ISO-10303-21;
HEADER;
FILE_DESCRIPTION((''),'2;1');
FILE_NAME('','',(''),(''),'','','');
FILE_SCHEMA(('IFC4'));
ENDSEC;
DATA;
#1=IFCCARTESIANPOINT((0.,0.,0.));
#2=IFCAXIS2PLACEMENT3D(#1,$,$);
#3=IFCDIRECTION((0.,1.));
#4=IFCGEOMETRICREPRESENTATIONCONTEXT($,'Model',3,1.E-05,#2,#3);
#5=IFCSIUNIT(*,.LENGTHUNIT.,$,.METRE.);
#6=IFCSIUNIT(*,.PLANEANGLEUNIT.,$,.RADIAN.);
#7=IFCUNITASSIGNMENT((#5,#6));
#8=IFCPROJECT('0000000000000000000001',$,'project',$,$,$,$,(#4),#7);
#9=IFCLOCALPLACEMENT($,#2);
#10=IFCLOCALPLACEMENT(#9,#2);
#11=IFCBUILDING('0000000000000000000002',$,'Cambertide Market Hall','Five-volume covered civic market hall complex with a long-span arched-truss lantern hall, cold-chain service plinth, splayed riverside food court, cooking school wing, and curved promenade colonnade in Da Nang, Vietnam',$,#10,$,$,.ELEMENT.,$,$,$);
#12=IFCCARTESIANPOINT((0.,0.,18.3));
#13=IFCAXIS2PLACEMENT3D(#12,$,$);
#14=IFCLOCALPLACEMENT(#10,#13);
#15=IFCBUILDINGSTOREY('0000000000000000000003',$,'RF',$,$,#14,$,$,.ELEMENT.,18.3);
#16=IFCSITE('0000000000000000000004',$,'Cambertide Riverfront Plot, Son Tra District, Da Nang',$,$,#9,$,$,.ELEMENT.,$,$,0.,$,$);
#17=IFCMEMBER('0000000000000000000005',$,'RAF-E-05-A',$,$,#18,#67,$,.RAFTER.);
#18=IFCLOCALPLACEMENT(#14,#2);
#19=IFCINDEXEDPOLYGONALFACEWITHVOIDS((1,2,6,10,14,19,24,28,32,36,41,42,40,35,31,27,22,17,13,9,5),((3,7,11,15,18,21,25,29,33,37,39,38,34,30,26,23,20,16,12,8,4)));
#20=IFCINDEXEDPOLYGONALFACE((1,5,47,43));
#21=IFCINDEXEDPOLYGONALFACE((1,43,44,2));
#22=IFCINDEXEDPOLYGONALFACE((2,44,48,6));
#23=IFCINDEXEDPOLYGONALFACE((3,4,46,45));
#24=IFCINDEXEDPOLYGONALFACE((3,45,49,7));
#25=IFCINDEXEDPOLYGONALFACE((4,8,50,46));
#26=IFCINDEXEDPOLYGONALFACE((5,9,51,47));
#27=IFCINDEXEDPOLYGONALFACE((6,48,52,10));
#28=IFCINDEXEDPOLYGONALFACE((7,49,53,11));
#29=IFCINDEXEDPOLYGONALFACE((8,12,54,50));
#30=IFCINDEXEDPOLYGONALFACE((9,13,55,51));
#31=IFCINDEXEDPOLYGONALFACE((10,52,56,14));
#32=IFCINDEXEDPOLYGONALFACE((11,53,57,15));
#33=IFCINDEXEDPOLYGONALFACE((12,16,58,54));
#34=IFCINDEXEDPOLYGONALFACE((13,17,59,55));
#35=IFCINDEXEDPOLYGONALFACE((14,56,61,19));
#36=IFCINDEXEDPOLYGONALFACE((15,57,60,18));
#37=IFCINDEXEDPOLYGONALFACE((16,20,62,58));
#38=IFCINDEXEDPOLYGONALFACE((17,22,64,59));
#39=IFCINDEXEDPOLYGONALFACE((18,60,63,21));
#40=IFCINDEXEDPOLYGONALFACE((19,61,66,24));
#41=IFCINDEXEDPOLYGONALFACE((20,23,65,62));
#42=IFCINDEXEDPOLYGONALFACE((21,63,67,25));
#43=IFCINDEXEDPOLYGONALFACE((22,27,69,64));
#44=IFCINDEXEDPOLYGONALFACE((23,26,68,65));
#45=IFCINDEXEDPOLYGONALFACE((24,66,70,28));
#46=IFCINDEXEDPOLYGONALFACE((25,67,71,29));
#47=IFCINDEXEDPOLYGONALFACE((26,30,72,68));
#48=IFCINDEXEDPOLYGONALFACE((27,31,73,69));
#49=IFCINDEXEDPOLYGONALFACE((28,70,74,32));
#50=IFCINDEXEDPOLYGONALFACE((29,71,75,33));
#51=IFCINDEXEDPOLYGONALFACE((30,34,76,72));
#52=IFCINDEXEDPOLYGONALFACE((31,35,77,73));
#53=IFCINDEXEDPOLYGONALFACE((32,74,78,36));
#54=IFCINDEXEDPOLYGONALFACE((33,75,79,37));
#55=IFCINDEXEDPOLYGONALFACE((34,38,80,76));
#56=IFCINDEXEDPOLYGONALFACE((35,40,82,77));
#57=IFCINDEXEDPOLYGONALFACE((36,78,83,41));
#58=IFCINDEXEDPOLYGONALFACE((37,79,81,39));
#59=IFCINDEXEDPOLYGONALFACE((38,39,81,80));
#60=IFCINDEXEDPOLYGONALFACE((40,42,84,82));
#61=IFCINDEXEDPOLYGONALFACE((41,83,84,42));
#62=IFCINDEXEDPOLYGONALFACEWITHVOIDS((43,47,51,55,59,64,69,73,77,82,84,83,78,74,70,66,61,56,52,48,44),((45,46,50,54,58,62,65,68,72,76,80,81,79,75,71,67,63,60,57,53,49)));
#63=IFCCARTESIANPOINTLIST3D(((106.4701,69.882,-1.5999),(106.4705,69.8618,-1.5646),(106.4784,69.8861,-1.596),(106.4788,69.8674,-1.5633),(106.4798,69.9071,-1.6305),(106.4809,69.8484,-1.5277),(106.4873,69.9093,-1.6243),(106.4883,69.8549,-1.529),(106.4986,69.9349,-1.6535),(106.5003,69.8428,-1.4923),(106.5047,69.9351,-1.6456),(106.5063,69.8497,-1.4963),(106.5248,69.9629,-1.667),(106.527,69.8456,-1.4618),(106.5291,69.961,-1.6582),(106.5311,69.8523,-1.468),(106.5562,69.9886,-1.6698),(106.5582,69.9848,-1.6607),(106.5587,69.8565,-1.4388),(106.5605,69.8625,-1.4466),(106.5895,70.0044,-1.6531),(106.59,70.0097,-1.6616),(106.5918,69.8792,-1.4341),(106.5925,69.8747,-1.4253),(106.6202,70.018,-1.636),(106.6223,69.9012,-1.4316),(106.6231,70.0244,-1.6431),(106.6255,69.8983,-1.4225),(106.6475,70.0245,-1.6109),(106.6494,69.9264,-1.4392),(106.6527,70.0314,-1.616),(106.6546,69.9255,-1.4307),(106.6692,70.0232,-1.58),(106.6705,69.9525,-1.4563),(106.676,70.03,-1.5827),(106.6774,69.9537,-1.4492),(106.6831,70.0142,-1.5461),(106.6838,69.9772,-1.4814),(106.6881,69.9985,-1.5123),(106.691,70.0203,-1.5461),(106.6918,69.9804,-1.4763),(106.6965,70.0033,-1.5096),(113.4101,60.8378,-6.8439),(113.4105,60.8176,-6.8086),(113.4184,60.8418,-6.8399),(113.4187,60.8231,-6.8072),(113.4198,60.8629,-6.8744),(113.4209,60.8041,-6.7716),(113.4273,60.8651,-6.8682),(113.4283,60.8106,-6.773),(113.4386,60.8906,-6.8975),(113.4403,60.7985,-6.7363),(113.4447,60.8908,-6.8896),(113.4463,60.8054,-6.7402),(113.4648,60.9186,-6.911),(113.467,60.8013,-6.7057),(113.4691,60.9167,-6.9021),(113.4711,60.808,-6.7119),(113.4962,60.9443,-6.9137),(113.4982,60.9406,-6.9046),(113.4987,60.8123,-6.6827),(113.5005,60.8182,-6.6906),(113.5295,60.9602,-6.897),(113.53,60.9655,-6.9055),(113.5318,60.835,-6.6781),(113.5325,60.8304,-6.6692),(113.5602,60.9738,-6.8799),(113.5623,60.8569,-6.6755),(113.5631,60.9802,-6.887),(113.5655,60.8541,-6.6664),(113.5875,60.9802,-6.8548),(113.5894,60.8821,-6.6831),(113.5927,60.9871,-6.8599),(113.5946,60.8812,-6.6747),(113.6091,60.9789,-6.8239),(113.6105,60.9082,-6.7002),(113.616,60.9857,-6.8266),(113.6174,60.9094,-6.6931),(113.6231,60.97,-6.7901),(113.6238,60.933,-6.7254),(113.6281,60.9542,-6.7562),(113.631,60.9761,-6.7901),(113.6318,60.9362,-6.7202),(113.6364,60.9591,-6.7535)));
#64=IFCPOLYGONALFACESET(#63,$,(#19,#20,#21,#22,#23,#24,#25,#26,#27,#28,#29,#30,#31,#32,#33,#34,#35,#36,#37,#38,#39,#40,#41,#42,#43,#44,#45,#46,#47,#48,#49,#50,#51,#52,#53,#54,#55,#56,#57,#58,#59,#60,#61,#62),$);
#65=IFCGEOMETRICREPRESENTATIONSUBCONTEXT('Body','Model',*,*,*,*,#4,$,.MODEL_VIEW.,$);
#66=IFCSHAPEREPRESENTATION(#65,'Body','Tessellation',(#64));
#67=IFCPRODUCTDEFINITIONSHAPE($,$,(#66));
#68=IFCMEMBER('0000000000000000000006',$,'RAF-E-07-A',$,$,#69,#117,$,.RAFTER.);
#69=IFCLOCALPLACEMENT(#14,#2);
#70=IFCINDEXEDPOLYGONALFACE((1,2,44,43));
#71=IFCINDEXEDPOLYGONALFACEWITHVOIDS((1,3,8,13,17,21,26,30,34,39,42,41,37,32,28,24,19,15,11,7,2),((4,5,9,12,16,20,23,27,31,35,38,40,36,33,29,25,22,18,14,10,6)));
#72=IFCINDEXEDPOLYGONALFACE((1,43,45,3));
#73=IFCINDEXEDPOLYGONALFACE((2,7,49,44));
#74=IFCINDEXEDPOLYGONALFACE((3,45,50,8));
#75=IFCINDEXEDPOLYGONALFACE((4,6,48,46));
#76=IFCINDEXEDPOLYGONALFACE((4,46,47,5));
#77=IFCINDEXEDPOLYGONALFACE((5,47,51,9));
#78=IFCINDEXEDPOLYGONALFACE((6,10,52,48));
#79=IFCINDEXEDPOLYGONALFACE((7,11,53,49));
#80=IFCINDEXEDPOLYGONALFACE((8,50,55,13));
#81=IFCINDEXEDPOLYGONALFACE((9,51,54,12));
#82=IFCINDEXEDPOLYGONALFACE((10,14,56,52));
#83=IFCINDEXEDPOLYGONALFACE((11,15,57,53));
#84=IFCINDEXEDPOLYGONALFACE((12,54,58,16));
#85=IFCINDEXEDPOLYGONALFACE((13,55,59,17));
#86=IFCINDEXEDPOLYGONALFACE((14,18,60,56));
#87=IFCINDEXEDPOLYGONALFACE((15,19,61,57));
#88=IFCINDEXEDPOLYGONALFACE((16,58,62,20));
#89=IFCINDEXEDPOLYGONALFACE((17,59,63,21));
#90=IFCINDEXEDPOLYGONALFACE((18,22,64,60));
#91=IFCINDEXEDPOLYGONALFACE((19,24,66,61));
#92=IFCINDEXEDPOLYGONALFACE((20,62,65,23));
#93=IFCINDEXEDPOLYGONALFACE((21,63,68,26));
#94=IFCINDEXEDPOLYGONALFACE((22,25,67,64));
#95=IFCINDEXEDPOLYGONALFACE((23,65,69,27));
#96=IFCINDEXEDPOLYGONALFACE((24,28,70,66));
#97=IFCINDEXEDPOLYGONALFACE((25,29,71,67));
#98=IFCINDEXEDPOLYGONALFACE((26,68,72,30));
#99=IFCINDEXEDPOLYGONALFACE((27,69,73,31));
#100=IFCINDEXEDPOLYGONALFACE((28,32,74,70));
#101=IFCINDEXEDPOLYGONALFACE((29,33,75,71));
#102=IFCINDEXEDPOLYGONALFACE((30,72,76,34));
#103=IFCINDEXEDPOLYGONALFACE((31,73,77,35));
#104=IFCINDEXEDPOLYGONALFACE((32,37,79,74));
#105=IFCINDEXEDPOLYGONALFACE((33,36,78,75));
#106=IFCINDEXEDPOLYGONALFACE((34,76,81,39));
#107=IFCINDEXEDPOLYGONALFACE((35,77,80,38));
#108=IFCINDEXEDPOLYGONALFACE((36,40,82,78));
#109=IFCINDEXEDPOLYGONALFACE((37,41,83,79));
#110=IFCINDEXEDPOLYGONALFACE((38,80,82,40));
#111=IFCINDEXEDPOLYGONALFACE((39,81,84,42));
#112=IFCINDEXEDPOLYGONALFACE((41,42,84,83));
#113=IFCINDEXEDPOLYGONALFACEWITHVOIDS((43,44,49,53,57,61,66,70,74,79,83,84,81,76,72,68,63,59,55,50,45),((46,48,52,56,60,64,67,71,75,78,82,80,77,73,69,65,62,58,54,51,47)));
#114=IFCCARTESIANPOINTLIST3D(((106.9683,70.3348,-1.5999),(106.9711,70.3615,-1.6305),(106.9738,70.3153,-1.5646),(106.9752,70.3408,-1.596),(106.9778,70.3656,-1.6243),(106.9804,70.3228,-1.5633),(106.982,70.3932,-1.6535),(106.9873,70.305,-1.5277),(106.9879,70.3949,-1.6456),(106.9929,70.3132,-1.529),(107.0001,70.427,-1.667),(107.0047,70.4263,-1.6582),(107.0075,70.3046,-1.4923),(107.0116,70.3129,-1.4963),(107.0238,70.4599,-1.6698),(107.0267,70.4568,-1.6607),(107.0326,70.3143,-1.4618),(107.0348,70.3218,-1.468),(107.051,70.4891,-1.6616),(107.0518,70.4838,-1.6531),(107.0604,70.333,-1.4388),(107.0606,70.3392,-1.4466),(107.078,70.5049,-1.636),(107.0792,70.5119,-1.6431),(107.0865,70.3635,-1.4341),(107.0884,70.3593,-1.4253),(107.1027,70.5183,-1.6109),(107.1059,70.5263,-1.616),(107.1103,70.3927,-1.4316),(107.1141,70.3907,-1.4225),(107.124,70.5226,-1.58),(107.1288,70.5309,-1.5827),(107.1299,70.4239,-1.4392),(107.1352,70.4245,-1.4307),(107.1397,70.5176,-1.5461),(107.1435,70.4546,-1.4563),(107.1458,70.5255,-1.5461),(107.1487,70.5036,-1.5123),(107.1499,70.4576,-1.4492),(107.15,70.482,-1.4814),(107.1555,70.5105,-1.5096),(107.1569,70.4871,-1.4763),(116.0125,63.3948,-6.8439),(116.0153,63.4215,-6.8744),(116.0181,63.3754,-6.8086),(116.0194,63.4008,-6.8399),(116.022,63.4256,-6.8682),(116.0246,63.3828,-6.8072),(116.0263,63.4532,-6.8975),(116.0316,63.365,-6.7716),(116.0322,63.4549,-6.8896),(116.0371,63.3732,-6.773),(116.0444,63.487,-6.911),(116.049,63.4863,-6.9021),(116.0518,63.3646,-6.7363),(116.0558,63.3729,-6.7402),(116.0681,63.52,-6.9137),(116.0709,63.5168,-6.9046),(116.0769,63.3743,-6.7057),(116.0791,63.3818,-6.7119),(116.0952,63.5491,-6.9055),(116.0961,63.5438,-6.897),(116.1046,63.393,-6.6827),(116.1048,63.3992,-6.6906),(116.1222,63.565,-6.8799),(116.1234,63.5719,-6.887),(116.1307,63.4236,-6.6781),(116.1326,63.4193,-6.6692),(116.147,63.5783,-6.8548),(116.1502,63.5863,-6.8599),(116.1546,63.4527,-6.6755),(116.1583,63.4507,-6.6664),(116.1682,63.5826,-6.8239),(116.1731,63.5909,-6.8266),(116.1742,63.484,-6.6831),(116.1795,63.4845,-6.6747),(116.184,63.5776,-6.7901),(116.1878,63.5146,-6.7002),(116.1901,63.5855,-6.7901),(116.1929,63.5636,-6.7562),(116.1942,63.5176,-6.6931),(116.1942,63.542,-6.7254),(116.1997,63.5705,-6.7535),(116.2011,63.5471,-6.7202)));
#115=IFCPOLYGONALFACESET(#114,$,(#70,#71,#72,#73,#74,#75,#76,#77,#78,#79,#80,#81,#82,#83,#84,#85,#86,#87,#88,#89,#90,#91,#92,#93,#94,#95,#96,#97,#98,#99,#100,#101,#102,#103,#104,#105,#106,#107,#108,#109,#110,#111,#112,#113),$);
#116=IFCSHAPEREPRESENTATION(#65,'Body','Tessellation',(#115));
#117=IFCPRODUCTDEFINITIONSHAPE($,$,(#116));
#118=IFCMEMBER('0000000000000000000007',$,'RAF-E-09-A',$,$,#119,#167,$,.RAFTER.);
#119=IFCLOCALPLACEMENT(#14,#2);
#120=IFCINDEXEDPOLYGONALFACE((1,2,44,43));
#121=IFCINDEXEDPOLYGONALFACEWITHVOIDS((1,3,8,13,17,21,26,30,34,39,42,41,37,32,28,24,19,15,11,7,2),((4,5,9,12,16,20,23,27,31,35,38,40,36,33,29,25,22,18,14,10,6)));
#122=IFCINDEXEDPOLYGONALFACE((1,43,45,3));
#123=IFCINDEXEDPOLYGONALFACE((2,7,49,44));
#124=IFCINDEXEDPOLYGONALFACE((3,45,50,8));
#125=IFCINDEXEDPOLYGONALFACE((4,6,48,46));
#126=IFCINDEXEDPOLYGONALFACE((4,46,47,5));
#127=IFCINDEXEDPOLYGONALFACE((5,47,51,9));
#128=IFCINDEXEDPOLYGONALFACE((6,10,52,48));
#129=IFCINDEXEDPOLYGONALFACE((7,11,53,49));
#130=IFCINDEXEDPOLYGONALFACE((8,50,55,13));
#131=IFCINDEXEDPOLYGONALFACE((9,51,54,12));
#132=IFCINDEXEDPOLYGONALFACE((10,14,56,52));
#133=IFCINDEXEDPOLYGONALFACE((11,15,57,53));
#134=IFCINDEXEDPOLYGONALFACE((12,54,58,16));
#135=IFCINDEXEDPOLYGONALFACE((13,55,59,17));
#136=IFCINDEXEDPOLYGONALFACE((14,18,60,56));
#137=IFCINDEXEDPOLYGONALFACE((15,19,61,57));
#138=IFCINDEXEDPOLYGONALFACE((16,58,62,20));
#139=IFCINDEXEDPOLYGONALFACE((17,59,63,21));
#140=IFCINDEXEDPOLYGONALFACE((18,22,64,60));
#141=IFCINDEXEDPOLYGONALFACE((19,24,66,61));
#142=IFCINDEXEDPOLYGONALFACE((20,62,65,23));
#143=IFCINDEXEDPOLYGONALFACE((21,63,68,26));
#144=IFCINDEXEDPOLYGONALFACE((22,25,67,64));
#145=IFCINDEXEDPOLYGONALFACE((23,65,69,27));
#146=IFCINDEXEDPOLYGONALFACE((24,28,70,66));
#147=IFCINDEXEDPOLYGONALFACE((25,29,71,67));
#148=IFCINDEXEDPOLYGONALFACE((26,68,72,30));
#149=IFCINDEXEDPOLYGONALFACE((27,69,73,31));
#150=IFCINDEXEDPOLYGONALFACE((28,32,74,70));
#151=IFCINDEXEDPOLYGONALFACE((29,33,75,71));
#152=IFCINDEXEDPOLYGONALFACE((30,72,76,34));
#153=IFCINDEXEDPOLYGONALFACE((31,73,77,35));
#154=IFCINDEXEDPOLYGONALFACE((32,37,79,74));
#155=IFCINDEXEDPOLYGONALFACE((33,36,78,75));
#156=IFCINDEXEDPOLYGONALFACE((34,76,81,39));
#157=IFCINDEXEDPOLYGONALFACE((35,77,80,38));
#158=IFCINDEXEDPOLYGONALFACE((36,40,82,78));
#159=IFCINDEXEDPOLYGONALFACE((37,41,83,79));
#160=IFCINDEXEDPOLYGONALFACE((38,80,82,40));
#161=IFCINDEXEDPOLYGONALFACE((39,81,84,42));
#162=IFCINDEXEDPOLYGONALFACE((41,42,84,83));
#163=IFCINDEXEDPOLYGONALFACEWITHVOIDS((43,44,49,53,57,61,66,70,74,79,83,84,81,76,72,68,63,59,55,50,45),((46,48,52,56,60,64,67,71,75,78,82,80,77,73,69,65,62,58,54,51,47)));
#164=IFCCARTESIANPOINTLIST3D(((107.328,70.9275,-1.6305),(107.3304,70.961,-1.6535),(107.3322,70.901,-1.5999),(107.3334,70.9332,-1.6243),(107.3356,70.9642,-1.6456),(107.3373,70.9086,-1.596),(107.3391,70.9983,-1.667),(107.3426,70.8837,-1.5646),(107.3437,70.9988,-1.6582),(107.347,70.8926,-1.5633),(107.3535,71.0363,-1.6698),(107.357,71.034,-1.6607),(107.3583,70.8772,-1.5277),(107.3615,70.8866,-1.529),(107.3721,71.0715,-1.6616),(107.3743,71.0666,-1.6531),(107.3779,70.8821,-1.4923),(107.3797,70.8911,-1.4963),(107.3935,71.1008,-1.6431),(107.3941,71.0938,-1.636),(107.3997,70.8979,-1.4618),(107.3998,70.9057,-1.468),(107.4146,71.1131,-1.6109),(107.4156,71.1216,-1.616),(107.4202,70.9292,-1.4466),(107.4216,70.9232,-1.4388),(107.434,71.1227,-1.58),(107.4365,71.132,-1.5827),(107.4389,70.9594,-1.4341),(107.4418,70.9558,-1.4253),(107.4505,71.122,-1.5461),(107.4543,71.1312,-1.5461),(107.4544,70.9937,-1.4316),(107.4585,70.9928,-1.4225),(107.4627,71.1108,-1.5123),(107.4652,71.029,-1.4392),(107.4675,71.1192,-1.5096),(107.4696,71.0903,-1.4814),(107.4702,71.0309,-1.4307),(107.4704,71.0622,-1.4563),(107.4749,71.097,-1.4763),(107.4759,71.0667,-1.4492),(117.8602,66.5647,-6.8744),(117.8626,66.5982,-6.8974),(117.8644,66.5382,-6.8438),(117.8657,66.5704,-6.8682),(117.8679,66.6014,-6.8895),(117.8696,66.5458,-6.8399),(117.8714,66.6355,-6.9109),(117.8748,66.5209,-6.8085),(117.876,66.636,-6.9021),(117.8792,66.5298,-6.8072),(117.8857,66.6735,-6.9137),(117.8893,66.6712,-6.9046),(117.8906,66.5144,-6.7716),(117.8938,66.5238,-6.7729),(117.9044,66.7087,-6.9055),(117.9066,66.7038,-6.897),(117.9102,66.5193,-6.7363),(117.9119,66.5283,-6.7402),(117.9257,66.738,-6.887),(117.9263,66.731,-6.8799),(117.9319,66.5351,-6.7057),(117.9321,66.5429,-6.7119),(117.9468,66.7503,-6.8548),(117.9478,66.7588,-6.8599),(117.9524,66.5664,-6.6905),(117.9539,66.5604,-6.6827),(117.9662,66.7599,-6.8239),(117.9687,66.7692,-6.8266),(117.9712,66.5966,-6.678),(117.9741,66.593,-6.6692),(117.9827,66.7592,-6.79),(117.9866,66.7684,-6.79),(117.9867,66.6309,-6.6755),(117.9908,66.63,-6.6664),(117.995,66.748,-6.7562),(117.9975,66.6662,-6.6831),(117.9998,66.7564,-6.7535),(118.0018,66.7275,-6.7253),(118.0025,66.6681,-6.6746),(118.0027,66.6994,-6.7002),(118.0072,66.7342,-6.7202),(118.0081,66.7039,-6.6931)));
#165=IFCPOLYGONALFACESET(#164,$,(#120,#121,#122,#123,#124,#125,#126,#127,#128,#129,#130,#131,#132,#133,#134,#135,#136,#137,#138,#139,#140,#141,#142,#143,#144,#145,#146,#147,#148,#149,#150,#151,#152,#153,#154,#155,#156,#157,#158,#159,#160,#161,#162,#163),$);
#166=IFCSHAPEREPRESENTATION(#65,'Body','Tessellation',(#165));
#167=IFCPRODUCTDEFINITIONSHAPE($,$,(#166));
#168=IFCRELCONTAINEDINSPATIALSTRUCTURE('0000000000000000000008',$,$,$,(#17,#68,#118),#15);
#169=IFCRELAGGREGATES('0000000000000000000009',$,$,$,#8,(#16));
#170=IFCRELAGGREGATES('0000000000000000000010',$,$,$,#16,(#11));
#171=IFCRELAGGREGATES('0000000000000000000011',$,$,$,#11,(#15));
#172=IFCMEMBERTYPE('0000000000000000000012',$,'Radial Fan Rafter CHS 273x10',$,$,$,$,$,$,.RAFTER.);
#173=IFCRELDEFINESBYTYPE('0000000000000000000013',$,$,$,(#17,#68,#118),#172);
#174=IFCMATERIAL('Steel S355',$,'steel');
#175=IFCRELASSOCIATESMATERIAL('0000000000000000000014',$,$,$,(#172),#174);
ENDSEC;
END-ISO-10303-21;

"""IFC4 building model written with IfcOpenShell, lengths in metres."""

from ifc_helpers import new_model, si_unit, direction, frame, origin, origin_2d, place, context, subcontext, project, spatial, hollow_circle, extrude, material, material_profile, profile_set, type_object, element, save


model = new_model("IFC4")

# Units and contexts
model_context = context("Model", 3, precision=1e-05, world=origin(), true_north=direction((0.0, 1.0)))
body_context = subcontext(model_context, "Body", "Model", "MODEL_VIEW")
ifc_project = project(units=[si_unit("LENGTHUNIT", "METRE"), si_unit("PLANEANGLEUNIT", "RADIAN")], contexts=[model_context])

# Site, building, storey
site_placement = place(None, origin())
site = spatial("IfcSite", under=ifc_project, at=site_placement, Name="Cambertide Riverfront Plot, Son Tra District, Da Nang", CompositionType="ELEMENT", RefElevation=0.0)
building_placement = place(site_placement, origin())
building = spatial("IfcBuilding", under=site, at=building_placement, Name="Cambertide Market Hall", Description="Five-volume covered civic market hall complex with a long-span arched-truss lantern hall, cold-chain service plinth, splayed riverside food court, cooking school wing, and curved promenade colonnade in Da Nang, Vietnam", CompositionType="ELEMENT")
storey_placement = place(building_placement, frame((0.0, 0.0, 18.3)))
storey = spatial("IfcBuildingStorey", under=building, at=storey_placement, Name="RF", CompositionType="ELEMENT", Elevation=18.3)

# Members
ifc_material_1 = material(Name="Steel S355", Category="steel")
ifc_material_profile_1 = material_profile(ifc_material_1, hollow_circle(Radius=0.1365, WallThickness=0.01, at=origin_2d()), Name="CHS 273x10")
ifc_profile_set_1 = profile_set([ifc_material_profile_1], Name="Steel S355")
member_type_1 = type_object("IfcMemberType", Name="Radial Fan Rafter CHS 273x10", PredefinedType="RAFTER", material=ifc_profile_set_1)
for number, where, z_axis, x_axis, name in (
    (1, (106.5828, 69.9373, -1.5461), (0.55306, -0.720753, -0.417899), (0.793349, 0.608766, 0.0), "RAF-E-05-A"),
    (2, (107.0627, 70.4172, -1.5461), (0.720753, -0.55306, -0.417899), (0.608766, 0.793349, 0.0), "RAF-E-07-A"),
    (3, (107.4021, 71.0051, -1.5461), (0.839334, -0.34768, -0.417896), (0.382699, 0.923873, 0.0), "RAF-E-09-A"),
):
    element("IfcMember", number, at=place(storey_placement, frame(where, z_axis=z_axis, x_axis=x_axis)), inside=storey, type_object=member_type_1, Name=name, PredefinedType="RAFTER", context=body_context, shape_type="SweptSolid", body=[
        extrude(hollow_circle(Radius=0.1365, WallThickness=0.01, at=origin_2d()), origin(), (0.0, 0.0, 1.0), 12.5483),
    ])

save(model, "model.ifc")
